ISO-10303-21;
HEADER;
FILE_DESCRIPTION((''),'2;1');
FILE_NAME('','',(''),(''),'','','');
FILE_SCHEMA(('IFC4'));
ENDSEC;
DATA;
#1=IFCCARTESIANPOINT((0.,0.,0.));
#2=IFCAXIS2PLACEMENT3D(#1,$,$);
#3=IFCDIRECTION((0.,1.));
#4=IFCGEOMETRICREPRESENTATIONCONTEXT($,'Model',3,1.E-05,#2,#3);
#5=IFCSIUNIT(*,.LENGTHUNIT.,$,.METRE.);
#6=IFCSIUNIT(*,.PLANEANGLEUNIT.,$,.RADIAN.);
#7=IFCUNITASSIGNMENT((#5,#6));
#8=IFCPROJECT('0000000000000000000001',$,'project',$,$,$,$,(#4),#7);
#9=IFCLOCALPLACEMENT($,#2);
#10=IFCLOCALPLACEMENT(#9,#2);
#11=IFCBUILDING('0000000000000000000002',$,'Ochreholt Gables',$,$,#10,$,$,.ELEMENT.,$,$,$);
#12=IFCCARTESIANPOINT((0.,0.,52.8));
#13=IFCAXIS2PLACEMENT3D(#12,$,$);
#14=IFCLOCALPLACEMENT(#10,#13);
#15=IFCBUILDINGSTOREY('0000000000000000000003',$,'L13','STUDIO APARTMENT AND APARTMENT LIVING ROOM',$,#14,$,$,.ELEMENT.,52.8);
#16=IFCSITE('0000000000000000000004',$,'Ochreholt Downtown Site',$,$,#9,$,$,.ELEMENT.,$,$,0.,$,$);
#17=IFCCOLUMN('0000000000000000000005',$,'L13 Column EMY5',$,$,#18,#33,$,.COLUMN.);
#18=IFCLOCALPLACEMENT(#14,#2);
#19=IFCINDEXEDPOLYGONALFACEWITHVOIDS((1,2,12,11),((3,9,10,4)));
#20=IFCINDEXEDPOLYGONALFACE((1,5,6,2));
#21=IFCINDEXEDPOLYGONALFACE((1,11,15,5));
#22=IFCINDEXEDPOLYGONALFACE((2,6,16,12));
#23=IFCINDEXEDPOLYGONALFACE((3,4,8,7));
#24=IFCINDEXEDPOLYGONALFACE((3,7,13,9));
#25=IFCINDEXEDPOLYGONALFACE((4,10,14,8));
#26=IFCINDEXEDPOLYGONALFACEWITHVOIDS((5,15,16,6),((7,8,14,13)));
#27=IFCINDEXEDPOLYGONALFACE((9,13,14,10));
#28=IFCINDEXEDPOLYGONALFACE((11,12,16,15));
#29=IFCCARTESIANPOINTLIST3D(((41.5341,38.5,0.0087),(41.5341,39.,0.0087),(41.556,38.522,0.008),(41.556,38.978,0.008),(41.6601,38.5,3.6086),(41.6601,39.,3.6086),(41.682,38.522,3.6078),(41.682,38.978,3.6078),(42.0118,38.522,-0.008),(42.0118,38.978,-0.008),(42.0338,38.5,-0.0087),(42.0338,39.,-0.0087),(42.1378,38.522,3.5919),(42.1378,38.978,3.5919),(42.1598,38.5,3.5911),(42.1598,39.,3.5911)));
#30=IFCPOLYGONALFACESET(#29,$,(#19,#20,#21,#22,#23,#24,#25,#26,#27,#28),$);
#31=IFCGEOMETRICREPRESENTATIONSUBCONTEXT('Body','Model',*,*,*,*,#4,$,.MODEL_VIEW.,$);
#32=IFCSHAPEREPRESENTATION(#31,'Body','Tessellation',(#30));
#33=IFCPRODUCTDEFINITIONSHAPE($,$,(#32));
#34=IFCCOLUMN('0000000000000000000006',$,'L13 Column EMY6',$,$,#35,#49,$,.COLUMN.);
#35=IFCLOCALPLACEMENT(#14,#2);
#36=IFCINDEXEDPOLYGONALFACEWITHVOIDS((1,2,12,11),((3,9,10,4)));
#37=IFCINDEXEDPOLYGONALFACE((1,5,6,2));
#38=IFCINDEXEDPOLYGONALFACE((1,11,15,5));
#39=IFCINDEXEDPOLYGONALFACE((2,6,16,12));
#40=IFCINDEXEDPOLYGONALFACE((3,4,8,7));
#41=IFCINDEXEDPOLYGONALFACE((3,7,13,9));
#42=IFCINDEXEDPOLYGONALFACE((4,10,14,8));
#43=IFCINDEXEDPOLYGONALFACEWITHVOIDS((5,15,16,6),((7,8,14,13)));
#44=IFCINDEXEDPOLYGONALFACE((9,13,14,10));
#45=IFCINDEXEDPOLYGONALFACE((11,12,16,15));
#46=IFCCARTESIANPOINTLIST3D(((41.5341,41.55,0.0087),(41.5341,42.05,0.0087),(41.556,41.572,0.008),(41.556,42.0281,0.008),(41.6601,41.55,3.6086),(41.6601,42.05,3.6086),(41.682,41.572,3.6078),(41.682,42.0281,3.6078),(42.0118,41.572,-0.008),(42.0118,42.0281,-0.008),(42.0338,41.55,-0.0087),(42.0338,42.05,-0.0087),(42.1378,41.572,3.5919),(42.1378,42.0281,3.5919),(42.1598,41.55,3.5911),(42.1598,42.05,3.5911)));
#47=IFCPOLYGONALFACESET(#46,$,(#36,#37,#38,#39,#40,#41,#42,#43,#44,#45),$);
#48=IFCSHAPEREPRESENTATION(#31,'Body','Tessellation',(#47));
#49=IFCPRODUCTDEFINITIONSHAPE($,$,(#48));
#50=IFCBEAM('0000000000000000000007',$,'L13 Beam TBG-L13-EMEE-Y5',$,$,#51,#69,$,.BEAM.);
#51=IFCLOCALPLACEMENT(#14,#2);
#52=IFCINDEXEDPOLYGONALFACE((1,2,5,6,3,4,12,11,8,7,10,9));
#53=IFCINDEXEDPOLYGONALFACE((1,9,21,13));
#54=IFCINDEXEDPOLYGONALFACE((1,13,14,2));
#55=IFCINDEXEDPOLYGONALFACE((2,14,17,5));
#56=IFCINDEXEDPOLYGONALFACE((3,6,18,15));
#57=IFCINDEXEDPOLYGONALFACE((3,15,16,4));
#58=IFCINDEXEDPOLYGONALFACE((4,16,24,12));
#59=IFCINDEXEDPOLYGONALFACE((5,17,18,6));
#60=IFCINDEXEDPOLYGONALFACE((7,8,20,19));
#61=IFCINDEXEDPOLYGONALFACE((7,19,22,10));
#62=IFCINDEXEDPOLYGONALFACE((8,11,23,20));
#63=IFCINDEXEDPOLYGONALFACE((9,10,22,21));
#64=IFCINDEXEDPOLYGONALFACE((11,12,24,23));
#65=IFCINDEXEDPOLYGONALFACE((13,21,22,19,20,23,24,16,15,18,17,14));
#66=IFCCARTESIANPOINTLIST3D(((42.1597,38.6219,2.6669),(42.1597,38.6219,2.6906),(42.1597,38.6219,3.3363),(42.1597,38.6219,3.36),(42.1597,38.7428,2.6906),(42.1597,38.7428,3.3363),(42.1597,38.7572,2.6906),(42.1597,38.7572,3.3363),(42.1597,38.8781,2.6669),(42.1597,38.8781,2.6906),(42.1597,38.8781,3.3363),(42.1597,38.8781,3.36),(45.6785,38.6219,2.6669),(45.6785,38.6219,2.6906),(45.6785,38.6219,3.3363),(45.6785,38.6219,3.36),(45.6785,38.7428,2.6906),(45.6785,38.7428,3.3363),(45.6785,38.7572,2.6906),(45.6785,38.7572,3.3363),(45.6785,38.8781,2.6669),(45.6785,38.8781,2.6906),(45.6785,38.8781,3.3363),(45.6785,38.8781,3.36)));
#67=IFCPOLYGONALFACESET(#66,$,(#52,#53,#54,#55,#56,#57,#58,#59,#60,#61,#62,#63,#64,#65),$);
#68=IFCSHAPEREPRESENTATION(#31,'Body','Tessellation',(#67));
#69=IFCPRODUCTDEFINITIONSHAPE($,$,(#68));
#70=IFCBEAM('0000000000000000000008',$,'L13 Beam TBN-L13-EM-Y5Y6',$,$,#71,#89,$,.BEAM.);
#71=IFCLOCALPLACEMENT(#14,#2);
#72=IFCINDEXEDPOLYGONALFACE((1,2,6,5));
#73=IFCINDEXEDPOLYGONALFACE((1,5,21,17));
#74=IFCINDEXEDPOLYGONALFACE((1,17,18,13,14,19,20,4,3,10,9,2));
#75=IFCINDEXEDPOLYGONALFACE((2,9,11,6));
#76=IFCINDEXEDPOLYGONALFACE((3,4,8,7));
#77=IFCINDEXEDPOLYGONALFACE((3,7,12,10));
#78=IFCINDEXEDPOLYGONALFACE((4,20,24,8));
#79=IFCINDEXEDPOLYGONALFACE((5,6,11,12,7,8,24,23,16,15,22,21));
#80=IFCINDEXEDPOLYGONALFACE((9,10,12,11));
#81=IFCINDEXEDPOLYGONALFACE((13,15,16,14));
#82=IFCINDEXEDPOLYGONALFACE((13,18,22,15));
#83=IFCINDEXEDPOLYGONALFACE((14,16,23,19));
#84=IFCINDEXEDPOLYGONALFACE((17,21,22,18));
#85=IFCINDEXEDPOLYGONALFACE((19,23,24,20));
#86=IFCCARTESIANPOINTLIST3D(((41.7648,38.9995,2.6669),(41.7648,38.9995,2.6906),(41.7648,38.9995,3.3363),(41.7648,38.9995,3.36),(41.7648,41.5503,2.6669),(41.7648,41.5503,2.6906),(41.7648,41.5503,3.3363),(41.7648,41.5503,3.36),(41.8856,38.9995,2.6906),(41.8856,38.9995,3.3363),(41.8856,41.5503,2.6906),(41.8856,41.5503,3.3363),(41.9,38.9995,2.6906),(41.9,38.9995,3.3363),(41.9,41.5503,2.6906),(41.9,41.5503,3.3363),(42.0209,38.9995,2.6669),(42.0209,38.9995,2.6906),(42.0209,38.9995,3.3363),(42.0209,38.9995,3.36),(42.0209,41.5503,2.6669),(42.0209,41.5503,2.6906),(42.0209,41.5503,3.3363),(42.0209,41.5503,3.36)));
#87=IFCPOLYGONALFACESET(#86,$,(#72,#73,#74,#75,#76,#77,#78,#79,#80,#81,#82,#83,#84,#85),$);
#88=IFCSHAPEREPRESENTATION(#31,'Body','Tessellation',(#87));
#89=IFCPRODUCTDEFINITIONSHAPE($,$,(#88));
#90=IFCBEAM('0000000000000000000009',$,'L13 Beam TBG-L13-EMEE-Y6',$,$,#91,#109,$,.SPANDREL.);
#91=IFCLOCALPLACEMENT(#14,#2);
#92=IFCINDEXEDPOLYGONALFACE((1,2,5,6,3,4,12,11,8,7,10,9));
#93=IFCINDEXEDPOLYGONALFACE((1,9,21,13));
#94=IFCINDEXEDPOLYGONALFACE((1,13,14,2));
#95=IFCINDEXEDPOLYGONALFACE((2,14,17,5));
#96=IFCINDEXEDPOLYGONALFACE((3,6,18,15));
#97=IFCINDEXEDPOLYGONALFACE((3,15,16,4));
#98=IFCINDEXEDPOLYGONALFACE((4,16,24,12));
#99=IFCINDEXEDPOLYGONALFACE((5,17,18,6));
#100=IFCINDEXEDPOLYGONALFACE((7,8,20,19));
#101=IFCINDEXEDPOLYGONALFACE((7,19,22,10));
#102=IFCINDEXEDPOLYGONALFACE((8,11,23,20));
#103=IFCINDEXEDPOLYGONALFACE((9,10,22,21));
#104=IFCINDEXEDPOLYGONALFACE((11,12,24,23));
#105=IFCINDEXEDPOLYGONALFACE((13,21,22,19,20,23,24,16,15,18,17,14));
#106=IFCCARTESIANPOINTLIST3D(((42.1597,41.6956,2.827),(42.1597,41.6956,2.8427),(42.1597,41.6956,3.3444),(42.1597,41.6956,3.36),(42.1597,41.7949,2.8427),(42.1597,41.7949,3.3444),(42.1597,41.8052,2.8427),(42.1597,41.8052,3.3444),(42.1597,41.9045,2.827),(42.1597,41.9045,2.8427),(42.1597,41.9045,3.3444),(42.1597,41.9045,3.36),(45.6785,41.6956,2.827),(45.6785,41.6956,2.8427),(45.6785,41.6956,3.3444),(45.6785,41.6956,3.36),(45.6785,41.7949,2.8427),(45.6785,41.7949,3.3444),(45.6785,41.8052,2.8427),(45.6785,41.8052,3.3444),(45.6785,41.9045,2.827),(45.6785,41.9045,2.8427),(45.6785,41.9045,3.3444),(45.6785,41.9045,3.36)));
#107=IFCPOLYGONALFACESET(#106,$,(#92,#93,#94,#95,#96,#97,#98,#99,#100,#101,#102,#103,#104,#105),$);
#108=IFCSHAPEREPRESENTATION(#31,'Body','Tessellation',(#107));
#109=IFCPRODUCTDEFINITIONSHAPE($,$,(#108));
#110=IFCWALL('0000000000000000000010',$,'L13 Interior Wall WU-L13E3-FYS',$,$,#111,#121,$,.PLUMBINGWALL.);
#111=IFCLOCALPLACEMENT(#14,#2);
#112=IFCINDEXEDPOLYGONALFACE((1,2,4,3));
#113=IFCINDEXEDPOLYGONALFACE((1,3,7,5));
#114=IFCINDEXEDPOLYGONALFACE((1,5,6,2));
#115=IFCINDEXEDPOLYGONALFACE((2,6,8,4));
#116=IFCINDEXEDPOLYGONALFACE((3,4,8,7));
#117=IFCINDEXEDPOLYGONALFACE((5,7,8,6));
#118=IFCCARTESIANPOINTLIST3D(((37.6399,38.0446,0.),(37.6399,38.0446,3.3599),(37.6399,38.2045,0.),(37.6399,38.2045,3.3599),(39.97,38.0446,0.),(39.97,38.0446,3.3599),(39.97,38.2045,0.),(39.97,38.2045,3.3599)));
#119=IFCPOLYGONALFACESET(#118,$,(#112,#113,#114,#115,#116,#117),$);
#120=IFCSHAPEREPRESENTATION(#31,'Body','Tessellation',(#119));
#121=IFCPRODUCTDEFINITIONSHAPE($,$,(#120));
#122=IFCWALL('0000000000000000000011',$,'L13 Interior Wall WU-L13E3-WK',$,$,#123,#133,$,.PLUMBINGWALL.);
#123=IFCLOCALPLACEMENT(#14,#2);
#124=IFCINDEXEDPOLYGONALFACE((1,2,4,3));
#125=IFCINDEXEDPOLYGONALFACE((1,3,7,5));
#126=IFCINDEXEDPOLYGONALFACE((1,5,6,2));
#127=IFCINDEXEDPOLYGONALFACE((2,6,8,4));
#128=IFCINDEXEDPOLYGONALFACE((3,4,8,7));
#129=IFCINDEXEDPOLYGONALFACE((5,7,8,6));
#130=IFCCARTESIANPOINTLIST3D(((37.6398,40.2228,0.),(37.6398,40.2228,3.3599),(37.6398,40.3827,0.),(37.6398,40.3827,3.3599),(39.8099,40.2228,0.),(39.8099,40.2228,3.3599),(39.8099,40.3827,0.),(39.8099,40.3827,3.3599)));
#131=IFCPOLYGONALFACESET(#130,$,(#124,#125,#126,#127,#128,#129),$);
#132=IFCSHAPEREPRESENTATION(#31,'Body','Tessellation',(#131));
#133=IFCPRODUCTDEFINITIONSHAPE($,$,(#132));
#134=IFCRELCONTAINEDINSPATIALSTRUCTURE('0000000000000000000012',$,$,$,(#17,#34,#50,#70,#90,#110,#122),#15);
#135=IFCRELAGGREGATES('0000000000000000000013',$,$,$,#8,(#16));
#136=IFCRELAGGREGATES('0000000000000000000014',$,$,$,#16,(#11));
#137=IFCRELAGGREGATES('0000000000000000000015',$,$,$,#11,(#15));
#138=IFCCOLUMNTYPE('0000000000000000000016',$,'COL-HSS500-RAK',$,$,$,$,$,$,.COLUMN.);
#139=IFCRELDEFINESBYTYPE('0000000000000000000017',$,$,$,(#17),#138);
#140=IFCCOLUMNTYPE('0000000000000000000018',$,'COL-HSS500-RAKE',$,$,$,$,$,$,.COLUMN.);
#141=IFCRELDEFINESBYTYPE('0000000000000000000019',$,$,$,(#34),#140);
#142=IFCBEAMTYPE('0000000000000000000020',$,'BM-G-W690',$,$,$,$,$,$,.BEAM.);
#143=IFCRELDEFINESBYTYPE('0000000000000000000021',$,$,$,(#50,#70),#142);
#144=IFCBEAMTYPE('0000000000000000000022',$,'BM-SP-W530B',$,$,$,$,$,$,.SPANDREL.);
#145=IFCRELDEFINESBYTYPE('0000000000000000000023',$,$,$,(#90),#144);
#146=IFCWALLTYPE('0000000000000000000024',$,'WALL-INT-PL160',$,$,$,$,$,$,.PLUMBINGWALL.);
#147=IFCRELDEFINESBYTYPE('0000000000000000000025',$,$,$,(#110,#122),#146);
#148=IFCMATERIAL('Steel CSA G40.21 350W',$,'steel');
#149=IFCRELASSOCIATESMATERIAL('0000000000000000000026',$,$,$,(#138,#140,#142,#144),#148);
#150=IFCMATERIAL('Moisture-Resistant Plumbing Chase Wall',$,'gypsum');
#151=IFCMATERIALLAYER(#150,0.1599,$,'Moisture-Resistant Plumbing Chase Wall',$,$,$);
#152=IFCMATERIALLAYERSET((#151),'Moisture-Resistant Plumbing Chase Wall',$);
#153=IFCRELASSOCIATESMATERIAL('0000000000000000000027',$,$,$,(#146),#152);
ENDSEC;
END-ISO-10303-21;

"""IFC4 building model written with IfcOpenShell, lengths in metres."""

from ifc_helpers import new_model, si_unit, direction, frame, frame_2d, origin, origin_2d, place, context, subcontext, project, spatial, rectangle, hollow_rectangle, i_section, extrude, material, layer, layer_set, material_profile, profile_set, type_object, element, save


model = new_model("IFC4")

# Units and contexts
model_context = context("Model", 3, precision=1e-05, world=origin(), true_north=direction((0.0, 1.0)))
body_context = subcontext(model_context, "Body", "Model", "MODEL_VIEW")
ifc_project = project(units=[si_unit("LENGTHUNIT", "METRE"), si_unit("PLANEANGLEUNIT", "RADIAN")], contexts=[model_context])

# Site, building, storey
site_placement = place(None, origin())
site = spatial("IfcSite", under=ifc_project, at=site_placement, Name="Ochreholt Downtown Site", CompositionType="ELEMENT", RefElevation=0.0)
building_placement = place(site_placement, origin())
building = spatial("IfcBuilding", under=site, at=building_placement, Name="Ochreholt Gables", CompositionType="ELEMENT")
storey_placement = place(building_placement, frame((0.0, 0.0, 52.8)))
storey = spatial("IfcBuildingStorey", under=building, at=storey_placement, Name="L13", Description="STUDIO APARTMENT AND APARTMENT LIVING ROOM", CompositionType="ELEMENT", Elevation=52.8)

# Columns
ifc_material_1 = material(Name="Steel CSA G40.21 350W", Category="steel")
ifc_material_profile_1 = material_profile(ifc_material_1, hollow_rectangle(XDim=0.5, YDim=0.5, WallThickness=0.022, at=origin_2d()), Name="HSS500X500X22")
ifc_profile_set_1 = profile_set([ifc_material_profile_1], Name="Steel CSA G40.21 350W")
column_type_1 = type_object("IfcColumnType", Name="COL-HSS500-RAK", PredefinedType="COLUMN", material=ifc_profile_set_1)
column_1_placement = place(storey_placement, frame((41.7839, 38.75, 0.0), z_axis=(0.034974, 0.0, 0.999388), x_axis=(0.0, 1.0, 0.0)))
element("IfcColumn", 1, at=column_1_placement, inside=storey, type_object=column_type_1, Name="L13 Column EMY5", PredefinedType="COLUMN", context=body_context, shape_type="SweptSolid", body=[
    extrude(hollow_rectangle(XDim=0.5, YDim=0.5, WallThickness=0.022, at=origin_2d()), origin(), (0.0, 0.0, 1.0), 3.6021),
])
ifc_material_profile_2 = material_profile(ifc_material_1, hollow_rectangle(XDim=0.5, YDim=0.5, WallThickness=0.022, at=origin_2d()), Name="HSS500X500X22")
ifc_profile_set_2 = profile_set([ifc_material_profile_2], Name="Steel CSA G40.21 350W")
column_type_2 = type_object("IfcColumnType", Name="COL-HSS500-RAKE", PredefinedType="COLUMN", material=ifc_profile_set_2)
column_2_placement = place(storey_placement, frame((41.7839, 41.8, 0.0), z_axis=(0.034974, 0.0, 0.999388), x_axis=(0.0, 1.0, 0.0)))
element("IfcColumn", 2, at=column_2_placement, inside=storey, type_object=column_type_2, Name="L13 Column EMY6", PredefinedType="COLUMN", context=body_context, shape_type="SweptSolid", body=[
    extrude(hollow_rectangle(XDim=0.5, YDim=0.5, WallThickness=0.022, at=origin_2d()), origin(), (0.0, 0.0, 1.0), 3.6021),
])

# Beams
ifc_material_profile_3 = material_profile(ifc_material_1, i_section(OverallWidth=0.2561, OverallDepth=0.6931, WebThickness=0.0144, FlangeThickness=0.0237, at=origin_2d()), Name="W690X170")
ifc_profile_set_3 = profile_set([ifc_material_profile_3], Name="Steel CSA G40.21 350W")
beam_type_1 = type_object("IfcBeamType", Name="BM-G-W690", PredefinedType="BEAM", material=ifc_profile_set_3)
beam_1_placement = place(storey_placement, frame((42.1597, 38.75, 3.0134), z_axis=(1.0, 0.0, 0.0), x_axis=(0.0, 1.0, 0.0)))
element("IfcBeam", 3, at=beam_1_placement, inside=storey, type_object=beam_type_1, Name="L13 Beam TBG-L13-EMEE-Y5", PredefinedType="BEAM", context=body_context, shape_type="SweptSolid", body=[
    extrude(i_section(OverallWidth=0.2561, OverallDepth=0.6931, WebThickness=0.0144, FlangeThickness=0.0237, at=origin_2d()), origin(), (0.0, 0.0, 1.0), 3.5188),
])
beam_2_placement = place(storey_placement, frame((41.8928, 38.9995, 3.0134), z_axis=(0.0, 1.0, 0.0), x_axis=(-1.0, 0.0, 0.0)))
element("IfcBeam", 4, at=beam_2_placement, inside=storey, type_object=beam_type_1, Name="L13 Beam TBN-L13-EM-Y5Y6", PredefinedType="BEAM", context=body_context, shape_type="SweptSolid", body=[
    extrude(i_section(OverallWidth=0.2561, OverallDepth=0.6931, WebThickness=0.0144, FlangeThickness=0.0237, at=origin_2d()), origin(), (0.0, 0.0, 1.0), 2.5508),
])
ifc_material_profile_4 = material_profile(ifc_material_1, i_section(OverallWidth=0.209, OverallDepth=0.533, WebThickness=0.0103, FlangeThickness=0.0156, at=origin_2d()), Name="W530X92")
ifc_profile_set_4 = profile_set([ifc_material_profile_4], Name="Steel CSA G40.21 350W")
beam_type_2 = type_object("IfcBeamType", Name="BM-SP-W530B", PredefinedType="SPANDREL", material=ifc_profile_set_4)
beam_3_placement = place(storey_placement, frame((42.1597, 41.8, 3.0935), z_axis=(1.0, 0.0, 0.0), x_axis=(0.0, 1.0, 0.0)))
element("IfcBeam", 5, at=beam_3_placement, inside=storey, type_object=beam_type_2, Name="L13 Beam TBG-L13-EMEE-Y6", PredefinedType="SPANDREL", context=body_context, shape_type="SweptSolid", body=[
    extrude(i_section(OverallWidth=0.209, OverallDepth=0.533, WebThickness=0.0103, FlangeThickness=0.0156, at=origin_2d()), origin(), (0.0, 0.0, 1.0), 3.5188),
])

# Wall
ifc_material_2 = material(Name="Moisture-Resistant Plumbing Chase Wall", Category="gypsum")
ifc_layer_1 = layer(ifc_material_2, 0.1599, Name="Moisture-Resistant Plumbing Chase Wall")
ifc_layer_set_1 = layer_set([ifc_layer_1], Name="Moisture-Resistant Plumbing Chase Wall")
wall_type_1 = type_object("IfcWallType", Name="WALL-INT-PL160", PredefinedType="PLUMBINGWALL", material=ifc_layer_set_1)
wall_1_placement = place(storey_placement, frame((37.6399, 38.1245, 0.0), z_axis=(0.0, 0.0, 1.0), x_axis=(1.0, 0.0, 0.0)))
element("IfcWall", 6, at=wall_1_placement, inside=storey, type_object=wall_type_1, Name="L13 Interior Wall WU-L13E3-FYS", PredefinedType="PLUMBINGWALL", context=body_context, shape_type="SweptSolid", body=[
    extrude(rectangle(XDim=2.3301, YDim=0.1599, at=frame_2d((1.165, 0.0))), origin(), (0.0, 0.0, 1.0), 3.3599),
])

# Wall
wall_2_placement = place(storey_placement, frame((37.6399, 40.3027, 0.0), z_axis=(0.0, 0.0, 1.0), x_axis=(1.0, 0.0, 0.0)))
element("IfcWall", 7, at=wall_2_placement, inside=storey, type_object=wall_type_1, Name="L13 Interior Wall WU-L13E3-WK", PredefinedType="PLUMBINGWALL", context=body_context, shape_type="SweptSolid", body=[
    extrude(rectangle(XDim=2.1702, YDim=0.1599, at=frame_2d((1.085, 0.0))), origin(), (0.0, 0.0, 1.0), 3.3599),
])

save(model, "model.ifc")
